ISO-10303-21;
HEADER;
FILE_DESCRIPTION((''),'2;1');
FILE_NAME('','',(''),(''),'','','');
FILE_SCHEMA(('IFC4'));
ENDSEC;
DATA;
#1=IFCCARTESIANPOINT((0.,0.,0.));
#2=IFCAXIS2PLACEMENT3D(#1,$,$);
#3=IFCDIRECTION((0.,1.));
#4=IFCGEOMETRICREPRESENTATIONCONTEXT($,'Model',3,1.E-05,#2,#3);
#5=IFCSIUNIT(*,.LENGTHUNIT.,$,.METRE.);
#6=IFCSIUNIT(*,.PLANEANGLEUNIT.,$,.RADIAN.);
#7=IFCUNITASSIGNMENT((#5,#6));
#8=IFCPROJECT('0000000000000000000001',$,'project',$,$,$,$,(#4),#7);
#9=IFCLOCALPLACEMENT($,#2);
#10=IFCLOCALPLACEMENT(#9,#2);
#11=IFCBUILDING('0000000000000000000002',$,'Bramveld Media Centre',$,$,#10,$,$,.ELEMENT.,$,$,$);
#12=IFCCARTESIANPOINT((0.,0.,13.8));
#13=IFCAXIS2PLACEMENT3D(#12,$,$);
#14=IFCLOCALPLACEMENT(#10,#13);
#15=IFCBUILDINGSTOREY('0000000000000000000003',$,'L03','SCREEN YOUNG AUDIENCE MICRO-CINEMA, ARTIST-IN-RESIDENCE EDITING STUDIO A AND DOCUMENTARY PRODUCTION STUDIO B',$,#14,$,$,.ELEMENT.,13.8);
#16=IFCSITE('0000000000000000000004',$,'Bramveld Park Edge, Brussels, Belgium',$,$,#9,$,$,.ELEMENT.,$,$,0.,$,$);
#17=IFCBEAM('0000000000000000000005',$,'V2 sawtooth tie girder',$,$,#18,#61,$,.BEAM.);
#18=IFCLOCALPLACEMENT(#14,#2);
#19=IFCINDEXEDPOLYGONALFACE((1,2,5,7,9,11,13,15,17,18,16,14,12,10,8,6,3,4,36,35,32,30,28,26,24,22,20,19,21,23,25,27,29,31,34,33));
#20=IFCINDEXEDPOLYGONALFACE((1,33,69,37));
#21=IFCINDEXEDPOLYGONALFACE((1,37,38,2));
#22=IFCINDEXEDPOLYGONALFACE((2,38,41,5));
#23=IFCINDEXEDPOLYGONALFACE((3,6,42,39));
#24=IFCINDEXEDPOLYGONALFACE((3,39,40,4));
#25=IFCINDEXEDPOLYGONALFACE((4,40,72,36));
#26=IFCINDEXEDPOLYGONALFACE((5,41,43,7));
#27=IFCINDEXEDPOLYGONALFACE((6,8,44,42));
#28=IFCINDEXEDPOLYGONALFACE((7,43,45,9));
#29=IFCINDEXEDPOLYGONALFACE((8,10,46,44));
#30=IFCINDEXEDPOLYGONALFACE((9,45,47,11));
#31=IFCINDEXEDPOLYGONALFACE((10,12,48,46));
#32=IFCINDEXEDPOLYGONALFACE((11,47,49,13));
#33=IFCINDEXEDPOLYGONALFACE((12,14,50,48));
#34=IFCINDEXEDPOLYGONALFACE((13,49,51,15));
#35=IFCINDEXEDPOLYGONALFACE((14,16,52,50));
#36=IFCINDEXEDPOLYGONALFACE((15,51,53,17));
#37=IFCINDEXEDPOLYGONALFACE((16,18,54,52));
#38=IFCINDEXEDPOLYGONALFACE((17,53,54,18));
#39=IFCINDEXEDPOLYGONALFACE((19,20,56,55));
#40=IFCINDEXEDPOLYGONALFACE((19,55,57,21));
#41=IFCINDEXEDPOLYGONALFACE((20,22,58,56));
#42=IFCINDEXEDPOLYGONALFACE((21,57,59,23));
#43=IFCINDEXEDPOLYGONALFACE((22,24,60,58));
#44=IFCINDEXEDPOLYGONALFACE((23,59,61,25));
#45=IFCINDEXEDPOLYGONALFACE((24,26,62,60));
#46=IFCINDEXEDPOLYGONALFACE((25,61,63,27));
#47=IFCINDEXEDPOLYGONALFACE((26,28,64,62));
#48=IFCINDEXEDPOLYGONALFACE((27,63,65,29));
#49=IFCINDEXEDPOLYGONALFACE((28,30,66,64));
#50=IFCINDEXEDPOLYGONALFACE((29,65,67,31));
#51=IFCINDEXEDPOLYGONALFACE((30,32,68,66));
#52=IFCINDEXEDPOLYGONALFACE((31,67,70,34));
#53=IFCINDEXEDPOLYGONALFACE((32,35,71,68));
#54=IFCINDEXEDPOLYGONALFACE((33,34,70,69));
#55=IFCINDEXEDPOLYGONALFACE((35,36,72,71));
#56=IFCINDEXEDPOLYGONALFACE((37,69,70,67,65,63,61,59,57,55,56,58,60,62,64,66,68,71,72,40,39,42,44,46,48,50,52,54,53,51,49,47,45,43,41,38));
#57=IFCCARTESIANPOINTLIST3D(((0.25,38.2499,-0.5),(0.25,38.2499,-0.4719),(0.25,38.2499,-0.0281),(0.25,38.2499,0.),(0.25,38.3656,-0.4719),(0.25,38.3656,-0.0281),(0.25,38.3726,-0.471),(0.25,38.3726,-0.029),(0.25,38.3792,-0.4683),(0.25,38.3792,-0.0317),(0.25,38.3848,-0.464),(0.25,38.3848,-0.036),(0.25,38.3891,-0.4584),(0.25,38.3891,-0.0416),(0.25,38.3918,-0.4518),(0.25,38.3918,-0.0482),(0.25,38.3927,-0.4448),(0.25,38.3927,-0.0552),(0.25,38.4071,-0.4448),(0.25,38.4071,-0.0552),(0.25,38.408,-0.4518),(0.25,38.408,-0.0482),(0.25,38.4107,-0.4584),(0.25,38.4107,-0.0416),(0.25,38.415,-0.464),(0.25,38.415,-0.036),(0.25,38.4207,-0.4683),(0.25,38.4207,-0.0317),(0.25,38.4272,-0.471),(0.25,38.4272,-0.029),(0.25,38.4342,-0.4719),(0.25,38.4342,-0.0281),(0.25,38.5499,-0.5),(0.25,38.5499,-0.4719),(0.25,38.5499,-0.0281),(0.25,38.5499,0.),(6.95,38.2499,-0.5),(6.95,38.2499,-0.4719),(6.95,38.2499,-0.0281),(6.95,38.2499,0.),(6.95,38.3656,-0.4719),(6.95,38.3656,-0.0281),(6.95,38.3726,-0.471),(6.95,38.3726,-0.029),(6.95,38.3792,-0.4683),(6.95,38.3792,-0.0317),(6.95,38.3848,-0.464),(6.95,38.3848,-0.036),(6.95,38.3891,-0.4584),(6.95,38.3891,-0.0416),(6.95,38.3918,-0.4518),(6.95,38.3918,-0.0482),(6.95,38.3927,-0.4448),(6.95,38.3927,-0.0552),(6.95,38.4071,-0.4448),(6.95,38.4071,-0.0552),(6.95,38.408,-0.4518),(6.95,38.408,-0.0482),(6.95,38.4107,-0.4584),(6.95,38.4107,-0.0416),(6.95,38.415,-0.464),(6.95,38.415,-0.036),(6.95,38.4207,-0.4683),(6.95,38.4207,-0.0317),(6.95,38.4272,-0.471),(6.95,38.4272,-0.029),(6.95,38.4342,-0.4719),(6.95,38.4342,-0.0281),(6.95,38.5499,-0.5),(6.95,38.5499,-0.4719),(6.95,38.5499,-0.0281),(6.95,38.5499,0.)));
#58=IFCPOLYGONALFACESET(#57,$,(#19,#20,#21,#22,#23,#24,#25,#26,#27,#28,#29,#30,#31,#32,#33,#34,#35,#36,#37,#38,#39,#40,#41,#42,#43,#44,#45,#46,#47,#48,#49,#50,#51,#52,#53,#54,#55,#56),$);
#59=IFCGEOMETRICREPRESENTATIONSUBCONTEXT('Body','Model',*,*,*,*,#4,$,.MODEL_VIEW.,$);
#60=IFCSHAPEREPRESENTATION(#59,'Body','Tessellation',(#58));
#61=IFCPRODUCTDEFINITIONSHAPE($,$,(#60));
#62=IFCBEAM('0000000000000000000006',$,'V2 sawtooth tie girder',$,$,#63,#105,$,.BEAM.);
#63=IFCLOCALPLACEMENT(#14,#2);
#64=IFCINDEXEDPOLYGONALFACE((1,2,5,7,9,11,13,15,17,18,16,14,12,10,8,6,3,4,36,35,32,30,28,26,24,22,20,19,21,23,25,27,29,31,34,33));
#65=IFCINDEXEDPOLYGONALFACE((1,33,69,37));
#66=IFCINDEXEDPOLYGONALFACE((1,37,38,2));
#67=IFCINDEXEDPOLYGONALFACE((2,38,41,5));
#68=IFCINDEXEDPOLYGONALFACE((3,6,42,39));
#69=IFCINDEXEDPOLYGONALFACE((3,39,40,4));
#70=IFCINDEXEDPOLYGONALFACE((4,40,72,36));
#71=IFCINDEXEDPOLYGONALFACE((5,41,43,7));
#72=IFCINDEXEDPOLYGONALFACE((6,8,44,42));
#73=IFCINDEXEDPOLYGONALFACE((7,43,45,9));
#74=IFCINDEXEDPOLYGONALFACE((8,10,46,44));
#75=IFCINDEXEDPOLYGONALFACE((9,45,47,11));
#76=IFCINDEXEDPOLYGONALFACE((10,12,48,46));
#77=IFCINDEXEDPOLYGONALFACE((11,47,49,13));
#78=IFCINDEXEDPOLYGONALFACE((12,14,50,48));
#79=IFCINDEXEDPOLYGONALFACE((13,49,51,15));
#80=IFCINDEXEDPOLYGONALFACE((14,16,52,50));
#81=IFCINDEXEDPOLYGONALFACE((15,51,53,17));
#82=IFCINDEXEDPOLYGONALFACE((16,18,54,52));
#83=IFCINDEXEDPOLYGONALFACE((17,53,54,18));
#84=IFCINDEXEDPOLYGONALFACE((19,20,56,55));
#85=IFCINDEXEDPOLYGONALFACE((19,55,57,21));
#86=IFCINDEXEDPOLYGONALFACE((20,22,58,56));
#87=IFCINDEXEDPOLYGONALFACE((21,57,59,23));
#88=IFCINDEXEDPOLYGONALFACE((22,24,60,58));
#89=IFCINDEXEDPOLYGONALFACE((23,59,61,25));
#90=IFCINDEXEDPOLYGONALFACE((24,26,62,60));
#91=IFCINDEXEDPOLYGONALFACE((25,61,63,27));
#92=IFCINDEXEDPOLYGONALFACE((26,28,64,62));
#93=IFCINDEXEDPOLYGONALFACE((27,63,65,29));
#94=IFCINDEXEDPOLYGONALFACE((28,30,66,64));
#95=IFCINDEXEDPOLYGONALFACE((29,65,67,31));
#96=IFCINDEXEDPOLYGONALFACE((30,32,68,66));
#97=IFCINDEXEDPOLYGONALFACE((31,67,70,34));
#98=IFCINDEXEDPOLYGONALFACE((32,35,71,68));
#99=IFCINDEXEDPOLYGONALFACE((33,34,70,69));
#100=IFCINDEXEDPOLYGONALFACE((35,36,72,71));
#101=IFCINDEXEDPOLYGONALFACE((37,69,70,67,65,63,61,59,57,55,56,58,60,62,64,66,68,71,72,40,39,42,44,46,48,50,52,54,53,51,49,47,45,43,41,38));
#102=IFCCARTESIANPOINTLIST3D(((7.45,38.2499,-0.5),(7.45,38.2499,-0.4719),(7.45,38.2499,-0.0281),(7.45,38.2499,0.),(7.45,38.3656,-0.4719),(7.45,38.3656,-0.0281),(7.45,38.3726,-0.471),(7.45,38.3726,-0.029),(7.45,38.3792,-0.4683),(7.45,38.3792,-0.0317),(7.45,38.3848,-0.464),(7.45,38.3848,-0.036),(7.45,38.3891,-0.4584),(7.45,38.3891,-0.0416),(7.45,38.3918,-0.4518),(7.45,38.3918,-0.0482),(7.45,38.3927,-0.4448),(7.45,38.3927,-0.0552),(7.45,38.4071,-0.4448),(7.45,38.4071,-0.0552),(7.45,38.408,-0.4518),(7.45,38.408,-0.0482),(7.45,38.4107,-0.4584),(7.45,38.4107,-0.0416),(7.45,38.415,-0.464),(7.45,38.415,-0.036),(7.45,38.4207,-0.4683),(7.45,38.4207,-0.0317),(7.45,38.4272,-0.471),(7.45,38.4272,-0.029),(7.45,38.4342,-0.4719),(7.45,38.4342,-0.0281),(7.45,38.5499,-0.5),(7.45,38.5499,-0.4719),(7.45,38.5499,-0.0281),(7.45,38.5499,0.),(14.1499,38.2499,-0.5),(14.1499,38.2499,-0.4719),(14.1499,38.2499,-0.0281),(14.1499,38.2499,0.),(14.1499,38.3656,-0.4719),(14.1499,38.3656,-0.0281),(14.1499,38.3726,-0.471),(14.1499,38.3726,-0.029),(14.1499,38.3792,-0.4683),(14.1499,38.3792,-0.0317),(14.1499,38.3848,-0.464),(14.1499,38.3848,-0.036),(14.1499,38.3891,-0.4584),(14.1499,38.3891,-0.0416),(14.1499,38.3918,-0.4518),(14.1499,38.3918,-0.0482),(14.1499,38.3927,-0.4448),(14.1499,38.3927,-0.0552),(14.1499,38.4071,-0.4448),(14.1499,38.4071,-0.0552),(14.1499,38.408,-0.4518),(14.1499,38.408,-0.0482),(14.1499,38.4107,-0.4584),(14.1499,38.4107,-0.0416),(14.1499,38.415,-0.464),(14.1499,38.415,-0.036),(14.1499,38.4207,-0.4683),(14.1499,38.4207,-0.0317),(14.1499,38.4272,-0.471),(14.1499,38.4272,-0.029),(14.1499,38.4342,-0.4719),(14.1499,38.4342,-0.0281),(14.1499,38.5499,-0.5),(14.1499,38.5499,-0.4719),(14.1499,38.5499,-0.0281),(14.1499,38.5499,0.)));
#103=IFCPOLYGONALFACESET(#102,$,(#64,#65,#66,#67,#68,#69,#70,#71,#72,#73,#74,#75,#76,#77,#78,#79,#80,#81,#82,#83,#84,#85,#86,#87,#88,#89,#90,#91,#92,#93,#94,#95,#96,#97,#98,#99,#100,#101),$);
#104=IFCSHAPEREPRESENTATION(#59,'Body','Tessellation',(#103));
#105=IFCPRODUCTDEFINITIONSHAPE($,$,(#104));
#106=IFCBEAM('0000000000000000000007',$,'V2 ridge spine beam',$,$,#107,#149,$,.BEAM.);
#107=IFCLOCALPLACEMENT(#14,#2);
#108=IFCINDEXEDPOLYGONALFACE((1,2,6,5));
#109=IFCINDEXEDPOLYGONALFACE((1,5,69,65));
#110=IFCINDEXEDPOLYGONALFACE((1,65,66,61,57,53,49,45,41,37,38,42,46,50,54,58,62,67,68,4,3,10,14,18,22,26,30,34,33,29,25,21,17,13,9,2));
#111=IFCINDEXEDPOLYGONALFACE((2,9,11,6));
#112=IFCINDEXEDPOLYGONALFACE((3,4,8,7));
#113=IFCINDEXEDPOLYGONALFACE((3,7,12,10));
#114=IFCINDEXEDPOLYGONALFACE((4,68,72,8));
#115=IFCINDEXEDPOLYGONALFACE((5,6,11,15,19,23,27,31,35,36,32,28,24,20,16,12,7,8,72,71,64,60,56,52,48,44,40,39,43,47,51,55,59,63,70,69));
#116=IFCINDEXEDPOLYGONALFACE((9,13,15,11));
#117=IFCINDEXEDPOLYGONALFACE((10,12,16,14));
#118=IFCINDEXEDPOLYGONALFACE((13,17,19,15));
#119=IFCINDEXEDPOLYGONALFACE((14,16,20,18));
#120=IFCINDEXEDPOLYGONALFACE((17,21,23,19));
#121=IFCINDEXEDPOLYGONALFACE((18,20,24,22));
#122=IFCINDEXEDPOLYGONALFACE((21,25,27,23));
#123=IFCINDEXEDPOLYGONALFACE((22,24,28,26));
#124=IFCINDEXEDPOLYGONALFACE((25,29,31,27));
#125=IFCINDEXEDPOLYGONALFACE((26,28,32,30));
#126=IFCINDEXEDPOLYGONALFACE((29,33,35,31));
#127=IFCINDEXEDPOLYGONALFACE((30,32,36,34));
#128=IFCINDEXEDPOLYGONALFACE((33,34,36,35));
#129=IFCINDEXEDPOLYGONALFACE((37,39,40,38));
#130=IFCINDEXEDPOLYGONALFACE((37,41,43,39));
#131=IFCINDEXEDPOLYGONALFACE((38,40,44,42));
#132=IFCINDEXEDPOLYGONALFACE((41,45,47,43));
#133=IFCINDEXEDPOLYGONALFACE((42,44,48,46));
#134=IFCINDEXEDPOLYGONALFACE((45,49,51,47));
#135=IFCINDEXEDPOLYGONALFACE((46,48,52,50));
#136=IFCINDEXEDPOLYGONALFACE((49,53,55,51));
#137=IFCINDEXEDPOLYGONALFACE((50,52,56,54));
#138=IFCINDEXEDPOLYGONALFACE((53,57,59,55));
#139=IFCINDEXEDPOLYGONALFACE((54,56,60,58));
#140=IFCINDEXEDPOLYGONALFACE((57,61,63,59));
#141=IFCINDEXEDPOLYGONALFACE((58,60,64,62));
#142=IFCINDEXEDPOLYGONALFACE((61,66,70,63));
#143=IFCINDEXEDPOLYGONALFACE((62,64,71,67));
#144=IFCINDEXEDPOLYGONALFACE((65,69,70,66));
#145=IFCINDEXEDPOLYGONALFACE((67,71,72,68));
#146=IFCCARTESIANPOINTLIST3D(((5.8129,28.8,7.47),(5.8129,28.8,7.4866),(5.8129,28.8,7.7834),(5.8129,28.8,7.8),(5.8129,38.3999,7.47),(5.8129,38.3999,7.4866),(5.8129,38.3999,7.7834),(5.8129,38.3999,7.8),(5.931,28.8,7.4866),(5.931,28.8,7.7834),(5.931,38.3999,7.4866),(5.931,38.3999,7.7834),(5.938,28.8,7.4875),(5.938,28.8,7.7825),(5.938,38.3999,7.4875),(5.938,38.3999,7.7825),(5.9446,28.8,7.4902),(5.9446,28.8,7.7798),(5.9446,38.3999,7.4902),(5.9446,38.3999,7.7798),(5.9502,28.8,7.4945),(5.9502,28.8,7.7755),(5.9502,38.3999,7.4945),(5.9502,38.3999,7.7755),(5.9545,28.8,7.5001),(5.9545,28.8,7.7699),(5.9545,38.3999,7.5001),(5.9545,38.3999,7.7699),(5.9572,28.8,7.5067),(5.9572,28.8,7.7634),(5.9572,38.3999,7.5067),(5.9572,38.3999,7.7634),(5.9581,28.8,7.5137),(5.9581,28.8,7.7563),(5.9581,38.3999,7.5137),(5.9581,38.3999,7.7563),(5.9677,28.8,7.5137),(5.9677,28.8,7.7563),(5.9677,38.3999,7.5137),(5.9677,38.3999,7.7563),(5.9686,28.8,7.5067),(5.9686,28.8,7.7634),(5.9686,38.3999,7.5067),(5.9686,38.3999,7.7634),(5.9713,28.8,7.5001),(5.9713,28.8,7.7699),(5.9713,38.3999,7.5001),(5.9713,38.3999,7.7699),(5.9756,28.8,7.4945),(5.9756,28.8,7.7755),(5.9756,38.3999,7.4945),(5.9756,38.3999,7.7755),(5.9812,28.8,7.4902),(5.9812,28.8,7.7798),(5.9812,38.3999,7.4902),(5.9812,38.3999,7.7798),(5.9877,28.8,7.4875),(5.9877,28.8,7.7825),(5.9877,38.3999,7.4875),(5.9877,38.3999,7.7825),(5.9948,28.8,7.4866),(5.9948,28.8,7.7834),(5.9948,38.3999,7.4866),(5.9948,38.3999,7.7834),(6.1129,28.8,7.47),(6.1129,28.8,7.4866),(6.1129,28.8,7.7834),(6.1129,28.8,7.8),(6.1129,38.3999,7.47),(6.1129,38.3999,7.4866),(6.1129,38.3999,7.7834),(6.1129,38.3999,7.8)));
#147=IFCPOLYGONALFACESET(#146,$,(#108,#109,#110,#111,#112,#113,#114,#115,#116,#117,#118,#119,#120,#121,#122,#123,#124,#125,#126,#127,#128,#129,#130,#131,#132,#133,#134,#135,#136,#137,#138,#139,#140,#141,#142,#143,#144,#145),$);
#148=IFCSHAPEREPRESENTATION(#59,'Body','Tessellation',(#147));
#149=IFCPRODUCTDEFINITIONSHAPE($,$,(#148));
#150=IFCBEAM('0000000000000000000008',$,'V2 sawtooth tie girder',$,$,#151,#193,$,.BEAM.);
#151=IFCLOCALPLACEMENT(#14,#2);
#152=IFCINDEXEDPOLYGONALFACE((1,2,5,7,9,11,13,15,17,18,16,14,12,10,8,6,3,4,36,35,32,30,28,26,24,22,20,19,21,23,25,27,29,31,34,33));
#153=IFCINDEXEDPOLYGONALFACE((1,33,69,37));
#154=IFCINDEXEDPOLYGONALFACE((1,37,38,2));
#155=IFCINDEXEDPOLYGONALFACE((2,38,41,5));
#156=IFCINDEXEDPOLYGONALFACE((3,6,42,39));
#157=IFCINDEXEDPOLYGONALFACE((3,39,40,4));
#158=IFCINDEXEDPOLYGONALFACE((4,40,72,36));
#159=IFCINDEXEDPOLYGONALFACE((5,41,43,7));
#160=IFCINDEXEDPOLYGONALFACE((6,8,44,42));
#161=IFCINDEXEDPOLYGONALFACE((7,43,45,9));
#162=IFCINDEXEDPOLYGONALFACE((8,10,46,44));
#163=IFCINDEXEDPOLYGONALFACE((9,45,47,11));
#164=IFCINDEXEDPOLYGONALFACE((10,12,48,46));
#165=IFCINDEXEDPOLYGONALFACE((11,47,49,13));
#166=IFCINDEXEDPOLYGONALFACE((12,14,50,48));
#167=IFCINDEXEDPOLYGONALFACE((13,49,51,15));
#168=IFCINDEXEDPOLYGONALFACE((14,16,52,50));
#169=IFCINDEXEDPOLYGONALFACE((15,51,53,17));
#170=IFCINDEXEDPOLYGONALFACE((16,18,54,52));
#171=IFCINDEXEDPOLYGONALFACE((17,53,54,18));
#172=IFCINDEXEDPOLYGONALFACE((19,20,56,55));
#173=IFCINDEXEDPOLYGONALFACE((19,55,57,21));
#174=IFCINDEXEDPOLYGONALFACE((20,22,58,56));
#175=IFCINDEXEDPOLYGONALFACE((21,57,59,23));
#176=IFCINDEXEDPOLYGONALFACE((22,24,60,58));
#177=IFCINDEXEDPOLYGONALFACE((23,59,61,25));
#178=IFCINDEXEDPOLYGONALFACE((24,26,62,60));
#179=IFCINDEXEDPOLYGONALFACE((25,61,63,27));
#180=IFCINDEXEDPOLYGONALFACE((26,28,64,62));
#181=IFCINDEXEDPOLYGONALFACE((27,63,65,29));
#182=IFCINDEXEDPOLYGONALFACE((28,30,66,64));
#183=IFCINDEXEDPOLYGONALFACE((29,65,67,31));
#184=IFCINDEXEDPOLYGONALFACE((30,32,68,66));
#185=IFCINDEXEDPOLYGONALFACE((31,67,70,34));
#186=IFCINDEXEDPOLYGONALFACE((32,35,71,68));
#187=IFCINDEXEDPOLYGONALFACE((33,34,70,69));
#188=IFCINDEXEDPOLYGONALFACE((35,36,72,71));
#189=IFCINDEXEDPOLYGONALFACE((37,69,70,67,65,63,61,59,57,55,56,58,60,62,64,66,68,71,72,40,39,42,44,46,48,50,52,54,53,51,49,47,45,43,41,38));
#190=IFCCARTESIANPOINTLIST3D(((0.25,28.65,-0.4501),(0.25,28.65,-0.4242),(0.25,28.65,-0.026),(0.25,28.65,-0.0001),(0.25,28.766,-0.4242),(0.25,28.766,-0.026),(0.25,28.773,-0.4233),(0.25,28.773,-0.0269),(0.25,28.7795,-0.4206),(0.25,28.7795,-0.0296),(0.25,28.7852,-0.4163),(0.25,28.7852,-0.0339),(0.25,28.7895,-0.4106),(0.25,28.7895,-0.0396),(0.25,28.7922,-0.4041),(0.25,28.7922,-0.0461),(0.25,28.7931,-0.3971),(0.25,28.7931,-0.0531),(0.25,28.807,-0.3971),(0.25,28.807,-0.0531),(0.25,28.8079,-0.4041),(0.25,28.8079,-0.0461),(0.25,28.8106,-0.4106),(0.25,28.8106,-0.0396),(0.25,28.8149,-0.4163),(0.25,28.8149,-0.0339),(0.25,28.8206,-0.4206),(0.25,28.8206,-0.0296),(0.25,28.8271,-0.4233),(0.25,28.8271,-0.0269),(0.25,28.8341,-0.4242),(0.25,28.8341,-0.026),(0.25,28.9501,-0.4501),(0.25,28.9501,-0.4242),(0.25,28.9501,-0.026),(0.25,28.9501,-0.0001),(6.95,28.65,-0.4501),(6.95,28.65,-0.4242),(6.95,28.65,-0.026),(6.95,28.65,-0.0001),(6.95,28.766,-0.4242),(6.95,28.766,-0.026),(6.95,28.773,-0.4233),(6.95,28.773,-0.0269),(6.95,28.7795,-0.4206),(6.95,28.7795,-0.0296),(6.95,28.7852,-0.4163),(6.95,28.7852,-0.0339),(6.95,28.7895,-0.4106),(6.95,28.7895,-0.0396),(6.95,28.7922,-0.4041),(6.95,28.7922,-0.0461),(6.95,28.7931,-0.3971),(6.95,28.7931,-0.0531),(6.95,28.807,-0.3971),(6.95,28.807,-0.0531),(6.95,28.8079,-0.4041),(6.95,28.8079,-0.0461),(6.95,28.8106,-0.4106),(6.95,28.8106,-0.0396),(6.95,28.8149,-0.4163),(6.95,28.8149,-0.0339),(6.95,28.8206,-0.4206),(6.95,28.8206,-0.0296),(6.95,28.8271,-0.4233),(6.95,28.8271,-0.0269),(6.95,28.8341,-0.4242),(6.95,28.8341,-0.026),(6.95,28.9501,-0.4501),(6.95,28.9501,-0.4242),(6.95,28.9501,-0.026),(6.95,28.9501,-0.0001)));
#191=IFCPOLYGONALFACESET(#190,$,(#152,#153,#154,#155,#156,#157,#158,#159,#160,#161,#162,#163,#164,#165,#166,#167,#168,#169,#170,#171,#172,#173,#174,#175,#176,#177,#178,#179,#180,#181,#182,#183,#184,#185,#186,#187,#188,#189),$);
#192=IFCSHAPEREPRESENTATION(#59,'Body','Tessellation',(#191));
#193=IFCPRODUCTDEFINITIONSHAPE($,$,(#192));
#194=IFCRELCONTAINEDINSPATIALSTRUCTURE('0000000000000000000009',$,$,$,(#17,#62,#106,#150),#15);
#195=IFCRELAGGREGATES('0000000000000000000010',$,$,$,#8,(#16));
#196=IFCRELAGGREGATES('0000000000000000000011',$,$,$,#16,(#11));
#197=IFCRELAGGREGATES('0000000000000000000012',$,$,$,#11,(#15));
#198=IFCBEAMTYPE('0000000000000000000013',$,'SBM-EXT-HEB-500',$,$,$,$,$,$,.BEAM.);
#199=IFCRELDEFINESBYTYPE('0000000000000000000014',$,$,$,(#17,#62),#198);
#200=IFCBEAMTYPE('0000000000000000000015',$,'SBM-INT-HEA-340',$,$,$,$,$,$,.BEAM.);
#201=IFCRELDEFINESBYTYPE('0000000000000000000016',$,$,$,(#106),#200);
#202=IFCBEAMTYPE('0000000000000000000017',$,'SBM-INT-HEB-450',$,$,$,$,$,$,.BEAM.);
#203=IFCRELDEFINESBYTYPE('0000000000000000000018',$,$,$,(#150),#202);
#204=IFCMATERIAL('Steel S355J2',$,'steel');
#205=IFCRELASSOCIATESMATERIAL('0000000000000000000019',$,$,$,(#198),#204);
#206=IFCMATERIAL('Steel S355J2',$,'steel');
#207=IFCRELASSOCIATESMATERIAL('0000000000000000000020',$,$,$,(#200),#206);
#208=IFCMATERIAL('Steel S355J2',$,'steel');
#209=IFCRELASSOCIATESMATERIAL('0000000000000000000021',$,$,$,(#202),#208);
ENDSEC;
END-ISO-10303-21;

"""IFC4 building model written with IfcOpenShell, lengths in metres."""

from ifc_helpers import new_model, si_unit, direction, frame, origin, origin_2d, place, context, subcontext, project, spatial, i_section, extrude, material, material_profile, profile_set, type_object, element, save


model = new_model("IFC4")

# Units and contexts
model_context = context("Model", 3, precision=1e-05, world=origin(), true_north=direction((0.0, 1.0)))
body_context = subcontext(model_context, "Body", "Model", "MODEL_VIEW")
ifc_project = project(units=[si_unit("LENGTHUNIT", "METRE"), si_unit("PLANEANGLEUNIT", "RADIAN")], contexts=[model_context])

# Site, building, storey
site_placement = place(None, origin())
site = spatial("IfcSite", under=ifc_project, at=site_placement, Name="Bramveld Park Edge, Brussels, Belgium", CompositionType="ELEMENT", RefElevation=0.0)
building_placement = place(site_placement, origin())
building = spatial("IfcBuilding", under=site, at=building_placement, Name="Bramveld Media Centre", CompositionType="ELEMENT")
storey_placement = place(building_placement, frame((0.0, 0.0, 13.8)))
storey = spatial("IfcBuildingStorey", under=building, at=storey_placement, Name="L03", Description="SCREEN YOUNG AUDIENCE MICRO-CINEMA, ARTIST-IN-RESIDENCE EDITING STUDIO A AND DOCUMENTARY PRODUCTION STUDIO B", CompositionType="ELEMENT", Elevation=13.8)

# Beams
ifc_material_1 = material(Name="Steel S355J2", Category="steel")
ifc_material_profile_1 = material_profile(ifc_material_1, i_section(OverallWidth=0.3, OverallDepth=0.5, WebThickness=0.0144, FlangeThickness=0.0281, FilletRadius=0.0271, at=origin_2d()), Name="HEB 500")
ifc_profile_set_1 = profile_set([ifc_material_profile_1], Name="Steel S355J2")
beam_type_1 = type_object("IfcBeamType", Name="SBM-EXT-HEB-500", PredefinedType="BEAM", material=ifc_profile_set_1)
for number, where, z_axis, x_axis, name in (
    (1, (0.25, 38.3999, -0.25), (1.0, 0.0, 0.0), (0.0, 1.0, 0.0), "V2 sawtooth tie girder"),
    (2, (7.45, 38.3999, -0.25), (1.0, 0.0, 0.0), (0.0, 1.0, 0.0), "V2 sawtooth tie girder"),
):
    element("IfcBeam", number, at=place(storey_placement, frame(where, z_axis=z_axis, x_axis=x_axis)), inside=storey, type_object=beam_type_1, Name=name, PredefinedType="BEAM", context=body_context, shape_type="SweptSolid", body=[
        extrude(i_section(OverallWidth=0.3, OverallDepth=0.5, WebThickness=0.0144, FlangeThickness=0.0281, FilletRadius=0.0271, at=origin_2d()), origin(), (0.0, 0.0, 1.0), 6.7),
    ])
ifc_material_2 = material(Name="Steel S355J2", Category="steel")
ifc_material_profile_2 = material_profile(ifc_material_2, i_section(OverallWidth=0.3, OverallDepth=0.3301, WebThickness=0.0095, FlangeThickness=0.0166, FilletRadius=0.0271, at=origin_2d()), Name="HEA 340")
ifc_profile_set_2 = profile_set([ifc_material_profile_2], Name="Steel S355J2")
beam_type_2 = type_object("IfcBeamType", Name="SBM-INT-HEA-340", PredefinedType="BEAM", material=ifc_profile_set_2)
beam_1_placement = place(storey_placement, frame((5.9629, 28.8, 7.635), z_axis=(0.0, 1.0, 0.0), x_axis=(-1.0, 0.0, 0.0)))
element("IfcBeam", 3, at=beam_1_placement, inside=storey, type_object=beam_type_2, Name="V2 ridge spine beam", PredefinedType="BEAM", context=body_context, shape_type="SweptSolid", body=[
    extrude(i_section(OverallWidth=0.3, OverallDepth=0.3301, WebThickness=0.0095, FlangeThickness=0.0166, FilletRadius=0.0271, at=origin_2d()), origin(), (0.0, 0.0, 1.0), 9.5999),
])
ifc_material_3 = material(Name="Steel S355J2", Category="steel")
ifc_material_profile_3 = material_profile(ifc_material_3, i_section(OverallWidth=0.3, OverallDepth=0.45, WebThickness=0.0139, FlangeThickness=0.0259, FilletRadius=0.0271, at=origin_2d()), Name="HEB 450")
ifc_profile_set_3 = profile_set([ifc_material_profile_3], Name="Steel S355J2")
beam_type_3 = type_object("IfcBeamType", Name="SBM-INT-HEB-450", PredefinedType="BEAM", material=ifc_profile_set_3)
for number, where, z_axis, x_axis, name in (
    (4, (0.25, 28.8, -0.2251), (1.0, 0.0, 0.0), (0.0, 1.0, 0.0), "V2 sawtooth tie girder"),
):
    element("IfcBeam", number, at=place(storey_placement, frame(where, z_axis=z_axis, x_axis=x_axis)), inside=storey, type_object=beam_type_3, Name=name, PredefinedType="BEAM", context=body_context, shape_type="SweptSolid", body=[
        extrude(i_section(OverallWidth=0.3, OverallDepth=0.45, WebThickness=0.0139, FlangeThickness=0.0259, FilletRadius=0.0271, at=origin_2d()), origin(), (0.0, 0.0, 1.0), 6.7),
    ])

save(model, "model.ifc")
